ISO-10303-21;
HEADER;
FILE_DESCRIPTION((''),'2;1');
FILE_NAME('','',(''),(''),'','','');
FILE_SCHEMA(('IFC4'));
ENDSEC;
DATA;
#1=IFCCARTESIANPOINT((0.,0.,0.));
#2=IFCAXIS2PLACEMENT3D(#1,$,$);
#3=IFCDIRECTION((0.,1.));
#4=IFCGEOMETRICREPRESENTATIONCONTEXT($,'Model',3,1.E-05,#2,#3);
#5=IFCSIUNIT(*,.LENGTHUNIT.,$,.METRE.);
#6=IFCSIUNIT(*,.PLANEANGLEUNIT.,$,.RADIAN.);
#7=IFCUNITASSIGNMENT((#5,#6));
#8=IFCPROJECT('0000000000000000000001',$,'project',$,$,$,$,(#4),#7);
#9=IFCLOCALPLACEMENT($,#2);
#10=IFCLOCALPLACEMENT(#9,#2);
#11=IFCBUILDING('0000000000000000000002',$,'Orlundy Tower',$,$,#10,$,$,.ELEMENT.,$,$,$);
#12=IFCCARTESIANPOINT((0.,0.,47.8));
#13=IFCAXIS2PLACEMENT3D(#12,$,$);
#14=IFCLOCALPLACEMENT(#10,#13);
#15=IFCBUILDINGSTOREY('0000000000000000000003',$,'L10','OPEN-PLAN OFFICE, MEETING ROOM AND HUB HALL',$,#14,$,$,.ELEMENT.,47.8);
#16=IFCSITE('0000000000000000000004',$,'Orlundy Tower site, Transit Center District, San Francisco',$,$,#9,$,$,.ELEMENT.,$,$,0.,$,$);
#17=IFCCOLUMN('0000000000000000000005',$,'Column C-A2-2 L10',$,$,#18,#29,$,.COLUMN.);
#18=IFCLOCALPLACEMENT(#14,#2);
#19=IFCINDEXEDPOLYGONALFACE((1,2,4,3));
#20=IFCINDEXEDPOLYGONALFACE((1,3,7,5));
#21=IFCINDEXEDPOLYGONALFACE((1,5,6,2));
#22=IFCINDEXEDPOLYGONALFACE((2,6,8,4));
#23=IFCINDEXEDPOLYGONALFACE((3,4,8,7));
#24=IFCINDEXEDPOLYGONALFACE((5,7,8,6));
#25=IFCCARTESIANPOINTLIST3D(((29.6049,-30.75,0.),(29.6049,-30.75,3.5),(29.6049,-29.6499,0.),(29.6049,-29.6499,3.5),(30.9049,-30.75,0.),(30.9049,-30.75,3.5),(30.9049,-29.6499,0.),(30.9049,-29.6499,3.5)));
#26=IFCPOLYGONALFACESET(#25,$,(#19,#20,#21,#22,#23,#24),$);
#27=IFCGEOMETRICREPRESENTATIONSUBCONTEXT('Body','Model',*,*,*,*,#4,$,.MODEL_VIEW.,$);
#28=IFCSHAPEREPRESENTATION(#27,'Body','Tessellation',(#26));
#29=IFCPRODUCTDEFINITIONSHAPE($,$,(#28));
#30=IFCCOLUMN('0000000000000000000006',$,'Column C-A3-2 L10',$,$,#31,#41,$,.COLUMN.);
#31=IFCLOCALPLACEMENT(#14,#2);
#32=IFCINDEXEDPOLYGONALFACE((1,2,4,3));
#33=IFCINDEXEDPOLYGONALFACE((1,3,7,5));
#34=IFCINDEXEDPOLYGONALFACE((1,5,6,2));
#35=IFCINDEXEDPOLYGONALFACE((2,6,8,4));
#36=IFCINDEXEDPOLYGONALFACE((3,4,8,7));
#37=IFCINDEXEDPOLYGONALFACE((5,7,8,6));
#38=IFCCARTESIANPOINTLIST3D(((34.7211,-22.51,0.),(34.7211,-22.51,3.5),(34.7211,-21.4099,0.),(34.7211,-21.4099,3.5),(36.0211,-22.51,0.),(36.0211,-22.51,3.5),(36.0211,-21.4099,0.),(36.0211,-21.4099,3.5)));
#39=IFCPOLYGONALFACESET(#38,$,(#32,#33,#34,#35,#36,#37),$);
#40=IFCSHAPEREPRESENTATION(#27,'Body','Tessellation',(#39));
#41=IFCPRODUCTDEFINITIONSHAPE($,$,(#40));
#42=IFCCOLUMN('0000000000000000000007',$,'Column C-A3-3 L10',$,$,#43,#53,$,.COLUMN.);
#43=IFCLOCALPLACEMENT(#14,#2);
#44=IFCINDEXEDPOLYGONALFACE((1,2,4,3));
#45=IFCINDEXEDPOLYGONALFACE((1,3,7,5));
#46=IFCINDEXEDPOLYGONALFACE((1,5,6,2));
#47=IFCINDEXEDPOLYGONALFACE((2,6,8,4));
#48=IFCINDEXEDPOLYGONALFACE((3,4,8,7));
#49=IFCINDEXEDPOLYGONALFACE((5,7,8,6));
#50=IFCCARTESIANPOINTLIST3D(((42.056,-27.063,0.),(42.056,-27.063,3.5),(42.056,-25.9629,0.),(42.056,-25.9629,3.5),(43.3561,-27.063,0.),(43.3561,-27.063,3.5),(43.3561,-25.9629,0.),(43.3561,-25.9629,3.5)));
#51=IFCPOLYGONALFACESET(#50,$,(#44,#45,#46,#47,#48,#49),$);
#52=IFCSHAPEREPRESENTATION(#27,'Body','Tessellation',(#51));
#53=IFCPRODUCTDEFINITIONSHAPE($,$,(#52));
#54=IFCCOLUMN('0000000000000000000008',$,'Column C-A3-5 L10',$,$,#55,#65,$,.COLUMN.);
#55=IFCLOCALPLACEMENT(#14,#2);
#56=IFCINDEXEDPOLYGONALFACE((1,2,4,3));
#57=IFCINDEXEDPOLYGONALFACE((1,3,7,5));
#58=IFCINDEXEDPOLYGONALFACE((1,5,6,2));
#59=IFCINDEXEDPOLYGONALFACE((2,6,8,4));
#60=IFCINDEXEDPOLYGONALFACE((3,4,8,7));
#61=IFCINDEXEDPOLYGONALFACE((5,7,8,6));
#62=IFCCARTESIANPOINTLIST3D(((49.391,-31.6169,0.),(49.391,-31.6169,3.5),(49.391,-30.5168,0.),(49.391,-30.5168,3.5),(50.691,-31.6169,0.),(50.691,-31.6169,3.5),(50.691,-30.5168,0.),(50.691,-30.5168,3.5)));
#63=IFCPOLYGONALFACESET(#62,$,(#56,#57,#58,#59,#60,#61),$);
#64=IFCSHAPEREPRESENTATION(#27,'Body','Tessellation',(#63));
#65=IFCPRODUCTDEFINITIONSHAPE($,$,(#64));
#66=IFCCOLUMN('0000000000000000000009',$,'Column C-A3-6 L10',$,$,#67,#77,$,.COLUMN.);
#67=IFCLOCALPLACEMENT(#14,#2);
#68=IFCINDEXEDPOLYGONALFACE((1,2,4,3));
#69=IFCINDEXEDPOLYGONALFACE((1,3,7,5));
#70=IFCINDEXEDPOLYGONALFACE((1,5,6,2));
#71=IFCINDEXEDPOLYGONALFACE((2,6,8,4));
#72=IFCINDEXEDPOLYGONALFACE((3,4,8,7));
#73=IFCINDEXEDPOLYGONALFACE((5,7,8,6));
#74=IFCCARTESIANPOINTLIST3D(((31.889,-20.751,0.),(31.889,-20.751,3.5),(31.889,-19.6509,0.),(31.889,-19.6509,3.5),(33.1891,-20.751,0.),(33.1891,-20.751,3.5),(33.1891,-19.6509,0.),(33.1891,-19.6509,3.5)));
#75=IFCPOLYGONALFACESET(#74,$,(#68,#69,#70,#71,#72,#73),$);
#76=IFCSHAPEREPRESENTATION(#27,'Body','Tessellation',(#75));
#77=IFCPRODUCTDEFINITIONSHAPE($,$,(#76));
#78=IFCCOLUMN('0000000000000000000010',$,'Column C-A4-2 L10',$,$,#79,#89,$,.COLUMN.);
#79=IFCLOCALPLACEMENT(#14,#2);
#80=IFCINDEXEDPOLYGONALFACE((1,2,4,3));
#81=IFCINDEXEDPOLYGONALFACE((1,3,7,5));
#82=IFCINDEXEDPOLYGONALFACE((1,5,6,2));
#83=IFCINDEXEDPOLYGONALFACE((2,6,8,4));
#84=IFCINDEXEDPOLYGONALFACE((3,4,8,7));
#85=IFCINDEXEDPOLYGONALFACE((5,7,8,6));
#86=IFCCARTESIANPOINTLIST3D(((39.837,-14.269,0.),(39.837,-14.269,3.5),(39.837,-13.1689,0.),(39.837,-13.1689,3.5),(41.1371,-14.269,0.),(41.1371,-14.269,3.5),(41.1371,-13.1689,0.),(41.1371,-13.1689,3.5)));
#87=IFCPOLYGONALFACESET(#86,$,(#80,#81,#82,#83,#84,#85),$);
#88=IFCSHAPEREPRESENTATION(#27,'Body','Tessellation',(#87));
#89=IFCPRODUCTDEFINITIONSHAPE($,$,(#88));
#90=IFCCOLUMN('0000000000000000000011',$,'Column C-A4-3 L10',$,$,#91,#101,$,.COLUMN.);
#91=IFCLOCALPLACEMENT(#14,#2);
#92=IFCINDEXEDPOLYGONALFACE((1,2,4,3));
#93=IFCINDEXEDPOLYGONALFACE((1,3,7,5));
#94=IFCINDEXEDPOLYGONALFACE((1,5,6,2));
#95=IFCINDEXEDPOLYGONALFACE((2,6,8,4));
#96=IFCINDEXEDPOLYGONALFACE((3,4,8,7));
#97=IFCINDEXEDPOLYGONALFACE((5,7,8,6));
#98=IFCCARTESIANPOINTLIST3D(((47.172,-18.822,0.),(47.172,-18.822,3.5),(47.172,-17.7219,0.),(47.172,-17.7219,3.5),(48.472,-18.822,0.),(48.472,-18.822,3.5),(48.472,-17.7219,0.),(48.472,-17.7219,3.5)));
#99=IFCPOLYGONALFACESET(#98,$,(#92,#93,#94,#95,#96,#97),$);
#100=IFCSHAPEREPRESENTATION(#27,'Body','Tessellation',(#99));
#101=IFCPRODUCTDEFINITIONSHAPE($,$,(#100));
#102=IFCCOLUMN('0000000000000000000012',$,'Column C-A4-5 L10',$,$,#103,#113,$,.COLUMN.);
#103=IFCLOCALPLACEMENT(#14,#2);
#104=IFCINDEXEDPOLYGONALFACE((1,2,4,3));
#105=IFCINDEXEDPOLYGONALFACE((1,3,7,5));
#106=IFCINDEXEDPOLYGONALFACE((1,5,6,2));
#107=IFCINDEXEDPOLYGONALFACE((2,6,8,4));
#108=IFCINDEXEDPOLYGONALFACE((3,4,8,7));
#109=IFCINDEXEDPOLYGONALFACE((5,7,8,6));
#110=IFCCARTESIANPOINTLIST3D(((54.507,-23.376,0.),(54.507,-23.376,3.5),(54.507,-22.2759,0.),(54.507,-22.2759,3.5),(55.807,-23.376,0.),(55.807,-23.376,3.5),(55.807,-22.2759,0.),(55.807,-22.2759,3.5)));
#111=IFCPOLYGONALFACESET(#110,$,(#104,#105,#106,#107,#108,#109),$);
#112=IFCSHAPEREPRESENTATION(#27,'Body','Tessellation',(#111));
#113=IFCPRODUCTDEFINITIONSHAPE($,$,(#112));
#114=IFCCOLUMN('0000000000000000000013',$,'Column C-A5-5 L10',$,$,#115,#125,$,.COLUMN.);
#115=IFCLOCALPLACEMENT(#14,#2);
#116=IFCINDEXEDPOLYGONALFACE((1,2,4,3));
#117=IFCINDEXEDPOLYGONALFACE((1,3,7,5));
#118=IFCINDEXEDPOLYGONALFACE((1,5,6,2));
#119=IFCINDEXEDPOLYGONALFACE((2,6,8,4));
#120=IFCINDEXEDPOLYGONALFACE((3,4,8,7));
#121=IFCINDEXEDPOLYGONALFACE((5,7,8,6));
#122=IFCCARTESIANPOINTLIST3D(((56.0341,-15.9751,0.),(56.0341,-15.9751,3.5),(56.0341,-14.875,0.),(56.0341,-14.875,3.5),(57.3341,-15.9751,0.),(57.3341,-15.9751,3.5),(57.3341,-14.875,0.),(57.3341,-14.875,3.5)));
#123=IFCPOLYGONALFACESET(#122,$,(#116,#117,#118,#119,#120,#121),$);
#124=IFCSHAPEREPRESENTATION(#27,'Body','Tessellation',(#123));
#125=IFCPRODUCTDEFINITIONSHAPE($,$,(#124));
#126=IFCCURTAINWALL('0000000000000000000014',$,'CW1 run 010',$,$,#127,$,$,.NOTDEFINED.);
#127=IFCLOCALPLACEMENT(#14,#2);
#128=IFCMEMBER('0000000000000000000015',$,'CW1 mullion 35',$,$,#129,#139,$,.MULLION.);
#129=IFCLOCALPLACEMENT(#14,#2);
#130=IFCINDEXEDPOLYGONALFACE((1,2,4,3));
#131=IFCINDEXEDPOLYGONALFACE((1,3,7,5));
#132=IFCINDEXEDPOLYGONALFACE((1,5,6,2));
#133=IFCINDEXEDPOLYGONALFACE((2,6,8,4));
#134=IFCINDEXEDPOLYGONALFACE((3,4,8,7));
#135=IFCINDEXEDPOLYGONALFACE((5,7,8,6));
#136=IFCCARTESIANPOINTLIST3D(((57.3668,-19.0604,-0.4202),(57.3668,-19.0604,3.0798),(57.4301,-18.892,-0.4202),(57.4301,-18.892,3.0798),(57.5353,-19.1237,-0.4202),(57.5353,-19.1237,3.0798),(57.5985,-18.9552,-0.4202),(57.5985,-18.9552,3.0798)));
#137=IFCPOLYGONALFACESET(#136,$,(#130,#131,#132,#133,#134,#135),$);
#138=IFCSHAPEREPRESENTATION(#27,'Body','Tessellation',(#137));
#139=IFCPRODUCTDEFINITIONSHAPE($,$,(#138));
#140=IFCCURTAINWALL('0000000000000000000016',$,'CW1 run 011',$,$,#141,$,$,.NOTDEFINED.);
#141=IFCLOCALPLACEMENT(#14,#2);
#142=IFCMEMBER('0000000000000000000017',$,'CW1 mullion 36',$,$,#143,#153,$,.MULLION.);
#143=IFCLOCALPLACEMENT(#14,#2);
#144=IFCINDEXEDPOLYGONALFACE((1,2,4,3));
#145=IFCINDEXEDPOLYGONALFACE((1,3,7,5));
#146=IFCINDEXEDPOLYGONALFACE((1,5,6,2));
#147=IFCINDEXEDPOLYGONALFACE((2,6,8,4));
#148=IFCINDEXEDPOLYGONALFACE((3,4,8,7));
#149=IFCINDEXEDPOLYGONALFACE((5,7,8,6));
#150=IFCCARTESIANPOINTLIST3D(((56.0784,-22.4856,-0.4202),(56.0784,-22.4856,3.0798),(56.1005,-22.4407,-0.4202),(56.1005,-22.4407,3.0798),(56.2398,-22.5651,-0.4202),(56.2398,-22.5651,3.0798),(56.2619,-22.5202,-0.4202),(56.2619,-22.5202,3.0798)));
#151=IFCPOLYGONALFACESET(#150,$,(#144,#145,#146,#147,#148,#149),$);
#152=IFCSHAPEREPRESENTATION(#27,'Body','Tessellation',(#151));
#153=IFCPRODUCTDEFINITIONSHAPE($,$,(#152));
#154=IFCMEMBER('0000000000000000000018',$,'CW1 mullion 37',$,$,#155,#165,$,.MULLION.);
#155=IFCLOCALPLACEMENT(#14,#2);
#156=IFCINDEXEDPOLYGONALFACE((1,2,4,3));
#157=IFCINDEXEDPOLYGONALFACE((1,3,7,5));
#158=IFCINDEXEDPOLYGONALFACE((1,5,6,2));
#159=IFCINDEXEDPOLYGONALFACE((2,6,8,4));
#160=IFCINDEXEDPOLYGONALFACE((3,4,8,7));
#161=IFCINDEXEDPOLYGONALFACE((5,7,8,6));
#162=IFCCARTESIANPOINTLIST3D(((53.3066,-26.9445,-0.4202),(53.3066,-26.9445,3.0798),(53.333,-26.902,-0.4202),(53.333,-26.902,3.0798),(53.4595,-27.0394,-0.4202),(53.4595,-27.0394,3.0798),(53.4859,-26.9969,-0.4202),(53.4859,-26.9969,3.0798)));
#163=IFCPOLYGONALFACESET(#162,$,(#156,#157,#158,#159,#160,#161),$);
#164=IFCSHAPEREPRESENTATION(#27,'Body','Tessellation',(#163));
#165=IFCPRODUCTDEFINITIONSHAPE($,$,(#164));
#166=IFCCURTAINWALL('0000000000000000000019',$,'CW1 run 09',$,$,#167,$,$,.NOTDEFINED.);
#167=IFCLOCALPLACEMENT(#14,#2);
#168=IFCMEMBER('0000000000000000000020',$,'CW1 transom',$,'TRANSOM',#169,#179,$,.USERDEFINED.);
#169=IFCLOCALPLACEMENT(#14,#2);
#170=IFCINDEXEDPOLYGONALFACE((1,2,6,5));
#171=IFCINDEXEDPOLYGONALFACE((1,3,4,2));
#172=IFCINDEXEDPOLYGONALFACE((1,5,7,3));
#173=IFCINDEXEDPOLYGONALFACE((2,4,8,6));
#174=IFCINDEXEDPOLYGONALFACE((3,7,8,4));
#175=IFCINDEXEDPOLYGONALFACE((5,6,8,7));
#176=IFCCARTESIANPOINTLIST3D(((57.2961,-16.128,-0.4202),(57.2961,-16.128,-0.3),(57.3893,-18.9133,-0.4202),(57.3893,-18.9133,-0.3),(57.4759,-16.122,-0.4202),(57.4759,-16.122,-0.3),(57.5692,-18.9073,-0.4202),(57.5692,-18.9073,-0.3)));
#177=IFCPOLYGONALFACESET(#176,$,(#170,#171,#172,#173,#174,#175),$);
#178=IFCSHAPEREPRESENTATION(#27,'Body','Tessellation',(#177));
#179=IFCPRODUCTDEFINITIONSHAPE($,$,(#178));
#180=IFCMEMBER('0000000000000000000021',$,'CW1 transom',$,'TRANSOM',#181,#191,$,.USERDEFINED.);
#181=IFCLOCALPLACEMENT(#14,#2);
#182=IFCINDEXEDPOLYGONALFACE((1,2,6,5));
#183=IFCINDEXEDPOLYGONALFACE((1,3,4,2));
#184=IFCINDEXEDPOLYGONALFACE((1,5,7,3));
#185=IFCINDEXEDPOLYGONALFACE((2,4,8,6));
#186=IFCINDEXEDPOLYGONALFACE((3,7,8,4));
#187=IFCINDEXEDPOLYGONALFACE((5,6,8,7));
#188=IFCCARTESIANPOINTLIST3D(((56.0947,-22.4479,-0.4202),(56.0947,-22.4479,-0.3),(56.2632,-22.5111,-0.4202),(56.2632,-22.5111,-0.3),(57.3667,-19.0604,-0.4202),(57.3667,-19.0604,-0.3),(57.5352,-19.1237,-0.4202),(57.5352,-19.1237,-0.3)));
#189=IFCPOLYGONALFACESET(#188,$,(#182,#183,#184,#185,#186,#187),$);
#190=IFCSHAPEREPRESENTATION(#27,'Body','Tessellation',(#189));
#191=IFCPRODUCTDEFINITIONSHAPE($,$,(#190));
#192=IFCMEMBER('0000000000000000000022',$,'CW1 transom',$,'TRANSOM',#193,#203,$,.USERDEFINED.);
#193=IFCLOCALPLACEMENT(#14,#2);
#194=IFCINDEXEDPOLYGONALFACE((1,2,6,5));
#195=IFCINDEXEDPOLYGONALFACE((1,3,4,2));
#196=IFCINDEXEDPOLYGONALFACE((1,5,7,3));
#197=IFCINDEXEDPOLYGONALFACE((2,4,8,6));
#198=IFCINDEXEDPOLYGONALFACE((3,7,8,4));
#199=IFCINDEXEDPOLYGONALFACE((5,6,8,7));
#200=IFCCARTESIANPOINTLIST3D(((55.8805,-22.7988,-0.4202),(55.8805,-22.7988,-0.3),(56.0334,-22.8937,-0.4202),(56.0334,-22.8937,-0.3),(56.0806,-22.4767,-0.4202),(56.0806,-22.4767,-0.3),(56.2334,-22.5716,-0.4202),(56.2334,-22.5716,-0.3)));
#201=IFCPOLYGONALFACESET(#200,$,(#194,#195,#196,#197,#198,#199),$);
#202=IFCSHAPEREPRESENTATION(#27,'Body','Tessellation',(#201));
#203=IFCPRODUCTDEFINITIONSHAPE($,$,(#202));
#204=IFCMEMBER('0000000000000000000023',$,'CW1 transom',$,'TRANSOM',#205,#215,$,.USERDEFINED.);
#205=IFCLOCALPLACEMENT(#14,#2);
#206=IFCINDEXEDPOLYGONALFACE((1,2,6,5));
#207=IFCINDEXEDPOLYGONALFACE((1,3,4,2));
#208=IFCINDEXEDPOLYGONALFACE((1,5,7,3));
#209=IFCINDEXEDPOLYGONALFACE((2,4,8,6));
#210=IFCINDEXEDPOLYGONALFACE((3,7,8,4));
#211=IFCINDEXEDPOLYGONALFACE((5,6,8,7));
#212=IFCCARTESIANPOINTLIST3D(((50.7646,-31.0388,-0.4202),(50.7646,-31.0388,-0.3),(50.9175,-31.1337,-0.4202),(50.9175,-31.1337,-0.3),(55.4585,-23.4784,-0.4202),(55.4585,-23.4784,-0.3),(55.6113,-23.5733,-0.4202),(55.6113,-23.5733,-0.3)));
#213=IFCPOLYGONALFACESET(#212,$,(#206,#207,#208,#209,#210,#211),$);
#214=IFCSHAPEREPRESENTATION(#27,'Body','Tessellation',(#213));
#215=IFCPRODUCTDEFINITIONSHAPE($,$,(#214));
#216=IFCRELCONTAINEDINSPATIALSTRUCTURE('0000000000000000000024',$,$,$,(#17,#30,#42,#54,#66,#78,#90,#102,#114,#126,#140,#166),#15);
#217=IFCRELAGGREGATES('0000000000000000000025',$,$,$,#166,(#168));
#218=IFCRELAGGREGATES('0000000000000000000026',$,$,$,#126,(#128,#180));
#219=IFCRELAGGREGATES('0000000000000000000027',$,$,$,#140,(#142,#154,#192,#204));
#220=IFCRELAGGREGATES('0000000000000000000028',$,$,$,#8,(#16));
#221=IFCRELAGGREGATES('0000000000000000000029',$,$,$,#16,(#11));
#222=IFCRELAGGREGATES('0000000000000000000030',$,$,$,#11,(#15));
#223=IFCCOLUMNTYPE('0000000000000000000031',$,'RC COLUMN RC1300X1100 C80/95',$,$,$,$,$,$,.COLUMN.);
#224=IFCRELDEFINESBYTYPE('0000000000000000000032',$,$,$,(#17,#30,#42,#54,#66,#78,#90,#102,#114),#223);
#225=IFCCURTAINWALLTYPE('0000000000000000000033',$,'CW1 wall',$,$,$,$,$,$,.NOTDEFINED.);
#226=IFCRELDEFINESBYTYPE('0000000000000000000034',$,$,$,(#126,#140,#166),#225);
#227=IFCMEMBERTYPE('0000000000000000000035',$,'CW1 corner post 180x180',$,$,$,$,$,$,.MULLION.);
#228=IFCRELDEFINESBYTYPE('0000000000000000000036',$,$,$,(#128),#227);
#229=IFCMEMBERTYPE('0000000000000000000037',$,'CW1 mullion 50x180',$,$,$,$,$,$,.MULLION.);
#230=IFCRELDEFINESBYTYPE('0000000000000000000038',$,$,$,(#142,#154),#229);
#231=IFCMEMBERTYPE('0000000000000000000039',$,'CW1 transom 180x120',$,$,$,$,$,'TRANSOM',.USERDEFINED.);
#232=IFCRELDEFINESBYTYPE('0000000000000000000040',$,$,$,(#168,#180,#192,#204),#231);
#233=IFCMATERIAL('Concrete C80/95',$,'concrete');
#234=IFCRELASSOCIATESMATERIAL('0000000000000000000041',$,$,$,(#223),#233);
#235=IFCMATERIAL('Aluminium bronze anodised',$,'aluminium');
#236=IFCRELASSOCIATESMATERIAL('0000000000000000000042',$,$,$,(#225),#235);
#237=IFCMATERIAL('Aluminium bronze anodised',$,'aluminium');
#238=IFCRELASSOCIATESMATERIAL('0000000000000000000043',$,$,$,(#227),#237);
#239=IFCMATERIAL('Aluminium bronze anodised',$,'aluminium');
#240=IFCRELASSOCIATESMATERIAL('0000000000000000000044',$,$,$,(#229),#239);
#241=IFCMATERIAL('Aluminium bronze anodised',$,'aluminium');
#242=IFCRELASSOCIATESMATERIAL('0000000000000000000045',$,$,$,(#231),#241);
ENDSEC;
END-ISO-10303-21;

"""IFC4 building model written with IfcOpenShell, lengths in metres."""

from ifc_helpers import new_model, si_unit, direction, frame, origin, origin_2d, place, context, subcontext, project, spatial, rectangle, extrude, material, material_profile, profile_set, type_object, element, aggregate, save


model = new_model("IFC4")

# Units and contexts
model_context = context("Model", 3, precision=1e-05, world=origin(), true_north=direction((0.0, 1.0)))
body_context = subcontext(model_context, "Body", "Model", "MODEL_VIEW")
ifc_project = project(units=[si_unit("LENGTHUNIT", "METRE"), si_unit("PLANEANGLEUNIT", "RADIAN")], contexts=[model_context])

# Site, building, storey
site_placement = place(None, origin())
site = spatial("IfcSite", under=ifc_project, at=site_placement, Name="Orlundy Tower site, Transit Center District, San Francisco", CompositionType="ELEMENT", RefElevation=0.0)
building_placement = place(site_placement, origin())
building = spatial("IfcBuilding", under=site, at=building_placement, Name="Orlundy Tower", CompositionType="ELEMENT")
storey_placement = place(building_placement, frame((0.0, 0.0, 47.8)))
storey = spatial("IfcBuildingStorey", under=building, at=storey_placement, Name="L10", Description="OPEN-PLAN OFFICE, MEETING ROOM AND HUB HALL", CompositionType="ELEMENT", Elevation=47.8)

# Columns
ifc_material_1 = material(Name="Concrete C80/95", Category="concrete")
ifc_material_profile_1 = material_profile(ifc_material_1, rectangle(XDim=1.3, YDim=1.1001, at=origin_2d()), Name="RC1300X1100")
ifc_profile_set_1 = profile_set([ifc_material_profile_1], Name="Concrete C80/95")
column_type = type_object("IfcColumnType", Name="RC COLUMN RC1300X1100 C80/95", PredefinedType="COLUMN", material=ifc_profile_set_1)
for number, where, z_axis, x_axis, name in (
    (1, (30.2549, -30.2, 0.0), (0.0, 0.0, 1.0), (1.0, 0.0, 0.0), "Column C-A2-2 L10"),
    (2, (35.3711, -21.96, 0.0), (0.0, 0.0, 1.0), (1.0, 0.0, 0.0), "Column C-A3-2 L10"),
    (3, (42.7061, -26.5129, 0.0), (0.0, 0.0, 1.0), (1.0, 0.0, 0.0), "Column C-A3-3 L10"),
    (4, (50.041, -31.0669, 0.0), (0.0, 0.0, 1.0), (1.0, 0.0, 0.0), "Column C-A3-5 L10"),
    (5, (32.5391, -20.2009, 0.0), (0.0, 0.0, 1.0), (1.0, 0.0, 0.0), "Column C-A3-6 L10"),
    (6, (40.4871, -13.719, 0.0), (0.0, 0.0, 1.0), (1.0, 0.0, 0.0), "Column C-A4-2 L10"),
    (7, (47.822, -18.272, 0.0), (0.0, 0.0, 1.0), (1.0, 0.0, 0.0), "Column C-A4-3 L10"),
    (8, (55.157, -22.8259, 0.0), (0.0, 0.0, 1.0), (1.0, 0.0, 0.0), "Column C-A4-5 L10"),
    (9, (56.6841, -15.425, 0.0), (0.0, 0.0, 1.0), (1.0, 0.0, 0.0), "Column C-A5-5 L10"),
):
    element("IfcColumn", number, at=place(storey_placement, frame(where, z_axis=z_axis, x_axis=x_axis)), inside=storey, type_object=column_type, Name=name, PredefinedType="COLUMN", context=body_context, shape_type="SweptSolid", body=[
        extrude(rectangle(XDim=1.3, YDim=1.1001, at=origin_2d()), origin(), (0.0, 0.0, 1.0), 3.5),
    ])

# Curtain wall, member
ifc_material_2 = material(Name="Aluminium bronze anodised", Category="aluminium")
curtain_wall_type = type_object("IfcCurtainWallType", Name="CW1 wall", PredefinedType="NOTDEFINED", material=ifc_material_2)
curtain_wall_1_placement = place(storey_placement, origin())
curtain_wall_1 = element("IfcCurtainWall", 10, at=curtain_wall_1_placement, inside=storey, type_object=curtain_wall_type, Name="CW1 run 010", PredefinedType="NOTDEFINED")
ifc_material_3 = material(Name="Aluminium bronze anodised", Category="aluminium")
ifc_material_profile_2 = material_profile(ifc_material_3, rectangle(XDim=0.1799, YDim=0.1799, at=origin_2d()), Name="CW1 corner post 180x180")
ifc_profile_set_2 = profile_set([ifc_material_profile_2], Name="Aluminium bronze anodised")
member_type_1 = type_object("IfcMemberType", Name="CW1 corner post 180x180", PredefinedType="MULLION", material=ifc_profile_set_2)
member_1_placement = place(storey_placement, frame((57.4827, -19.0078, -0.4202), z_axis=(0.0, 0.0, 1.0), x_axis=(0.936174, -0.351537, 0.0)))
member_1 = element("IfcMember", 11, at=member_1_placement, type_object=member_type_1, Name="CW1 mullion 35", PredefinedType="MULLION", context=body_context, shape_type="SweptSolid", body=[
    extrude(rectangle(XDim=0.1799, YDim=0.1799, at=origin_2d()), origin(), (0.0, 0.0, 1.0), 3.5),
])

# Curtain wall, members
curtain_wall_2_placement = place(storey_placement, origin())
curtain_wall_2 = element("IfcCurtainWall", 12, at=curtain_wall_2_placement, inside=storey, type_object=curtain_wall_type, Name="CW1 run 011", PredefinedType="NOTDEFINED")
ifc_material_4 = material(Name="Aluminium bronze anodised", Category="aluminium")
ifc_material_profile_3 = material_profile(ifc_material_4, rectangle(XDim=0.1799, YDim=0.05, at=origin_2d()), Name="CW1 mullion 50x180")
ifc_profile_set_3 = profile_set([ifc_material_profile_3], Name="Aluminium bronze anodised")
member_type_2 = type_object("IfcMemberType", Name="CW1 mullion 50x180", PredefinedType="MULLION", material=ifc_profile_set_3)
member_2_placement = place(storey_placement, frame((56.1702, -22.5029, -0.4202), z_axis=(0.0, 0.0, 1.0), x_axis=(0.897195, -0.441634, 0.0)))
member_2 = element("IfcMember", 13, at=member_2_placement, type_object=member_type_2, Name="CW1 mullion 36", PredefinedType="MULLION", context=body_context, shape_type="SweptSolid", body=[
    extrude(rectangle(XDim=0.1799, YDim=0.05, at=origin_2d()), origin(), (0.0, 0.0, 1.0), 3.5),
])
member_3_placement = place(storey_placement, frame((53.3962, -26.9707, -0.4202), z_axis=(0.0, 0.0, 1.0), x_axis=(0.84957, -0.527475, 0.0)))
member_3 = element("IfcMember", 14, at=member_3_placement, type_object=member_type_2, Name="CW1 mullion 37", PredefinedType="MULLION", context=body_context, shape_type="SweptSolid", body=[
    extrude(rectangle(XDim=0.1799, YDim=0.05, at=origin_2d()), origin(), (0.0, 0.0, 1.0), 3.5),
])

# Curtain wall, member
curtain_wall_3_placement = place(storey_placement, origin())
curtain_wall_3 = element("IfcCurtainWall", 15, at=curtain_wall_3_placement, inside=storey, type_object=curtain_wall_type, Name="CW1 run 09", PredefinedType="NOTDEFINED")
ifc_material_5 = material(Name="Aluminium bronze anodised", Category="aluminium")
ifc_material_profile_4 = material_profile(ifc_material_5, rectangle(XDim=0.1799, YDim=0.1201, at=origin_2d()), Name="CW1 transom 180x120")
ifc_profile_set_4 = profile_set([ifc_material_profile_4], Name="Aluminium bronze anodised")
member_type_3 = type_object("IfcMemberType", Name="CW1 transom 180x120", ElementType="TRANSOM", PredefinedType="USERDEFINED", material=ifc_profile_set_4)
member_4_placement = place(storey_placement, frame((57.386, -16.125, -0.3601), z_axis=(0.033464, -0.99944, 0.0), x_axis=(0.99944, 0.033464, 0.0)))
member_4 = element("IfcMember", 16, at=member_4_placement, type_object=member_type_3, Name="CW1 transom", ObjectType="TRANSOM", PredefinedType="USERDEFINED", context=body_context, shape_type="SweptSolid", body=[
    extrude(rectangle(XDim=0.1799, YDim=0.1201, at=origin_2d()), origin(), (0.0, 0.0, 1.0), 2.7869),
])

# Members
member_5_placement = place(storey_placement, frame((57.4509, -19.092, -0.3601), z_axis=(-0.35153, -0.936177, 0.0), x_axis=(0.936177, -0.35153, 0.0)))
member_5 = element("IfcMember", 17, at=member_5_placement, type_object=member_type_3, Name="CW1 transom", ObjectType="TRANSOM", PredefinedType="USERDEFINED", context=body_context, shape_type="SweptSolid", body=[
    extrude(rectangle(XDim=0.1799, YDim=0.1201, at=origin_2d()), origin(), (0.0, 0.0, 1.0), 3.6184),
])
member_6_placement = place(storey_placement, frame((56.157, -22.5242, -0.3601), z_axis=(-0.527507, -0.849551, 0.0), x_axis=(0.849551, -0.527507, 0.0)))
member_6 = element("IfcMember", 18, at=member_6_placement, type_object=member_type_3, Name="CW1 transom", ObjectType="TRANSOM", PredefinedType="USERDEFINED", context=body_context, shape_type="SweptSolid", body=[
    extrude(rectangle(XDim=0.1799, YDim=0.1201, at=origin_2d()), origin(), (0.0, 0.0, 1.0), 0.3792),
])
member_7_placement = place(storey_placement, frame((55.5349, -23.5259, -0.3601), z_axis=(-0.527464, -0.849577, 0.0), x_axis=(0.849577, -0.527464, 0.0)))
member_7 = element("IfcMember", 19, at=member_7_placement, type_object=member_type_3, Name="CW1 transom", ObjectType="TRANSOM", PredefinedType="USERDEFINED", context=body_context, shape_type="SweptSolid", body=[
    extrude(rectangle(XDim=0.1799, YDim=0.1201, at=origin_2d()), origin(), (0.0, 0.0, 1.0), 8.8989),
])

aggregate(curtain_wall_3, [member_4])
aggregate(curtain_wall_1, [member_1, member_5])
aggregate(curtain_wall_2, [member_2, member_3, member_6, member_7])

save(model, "model.ifc")
